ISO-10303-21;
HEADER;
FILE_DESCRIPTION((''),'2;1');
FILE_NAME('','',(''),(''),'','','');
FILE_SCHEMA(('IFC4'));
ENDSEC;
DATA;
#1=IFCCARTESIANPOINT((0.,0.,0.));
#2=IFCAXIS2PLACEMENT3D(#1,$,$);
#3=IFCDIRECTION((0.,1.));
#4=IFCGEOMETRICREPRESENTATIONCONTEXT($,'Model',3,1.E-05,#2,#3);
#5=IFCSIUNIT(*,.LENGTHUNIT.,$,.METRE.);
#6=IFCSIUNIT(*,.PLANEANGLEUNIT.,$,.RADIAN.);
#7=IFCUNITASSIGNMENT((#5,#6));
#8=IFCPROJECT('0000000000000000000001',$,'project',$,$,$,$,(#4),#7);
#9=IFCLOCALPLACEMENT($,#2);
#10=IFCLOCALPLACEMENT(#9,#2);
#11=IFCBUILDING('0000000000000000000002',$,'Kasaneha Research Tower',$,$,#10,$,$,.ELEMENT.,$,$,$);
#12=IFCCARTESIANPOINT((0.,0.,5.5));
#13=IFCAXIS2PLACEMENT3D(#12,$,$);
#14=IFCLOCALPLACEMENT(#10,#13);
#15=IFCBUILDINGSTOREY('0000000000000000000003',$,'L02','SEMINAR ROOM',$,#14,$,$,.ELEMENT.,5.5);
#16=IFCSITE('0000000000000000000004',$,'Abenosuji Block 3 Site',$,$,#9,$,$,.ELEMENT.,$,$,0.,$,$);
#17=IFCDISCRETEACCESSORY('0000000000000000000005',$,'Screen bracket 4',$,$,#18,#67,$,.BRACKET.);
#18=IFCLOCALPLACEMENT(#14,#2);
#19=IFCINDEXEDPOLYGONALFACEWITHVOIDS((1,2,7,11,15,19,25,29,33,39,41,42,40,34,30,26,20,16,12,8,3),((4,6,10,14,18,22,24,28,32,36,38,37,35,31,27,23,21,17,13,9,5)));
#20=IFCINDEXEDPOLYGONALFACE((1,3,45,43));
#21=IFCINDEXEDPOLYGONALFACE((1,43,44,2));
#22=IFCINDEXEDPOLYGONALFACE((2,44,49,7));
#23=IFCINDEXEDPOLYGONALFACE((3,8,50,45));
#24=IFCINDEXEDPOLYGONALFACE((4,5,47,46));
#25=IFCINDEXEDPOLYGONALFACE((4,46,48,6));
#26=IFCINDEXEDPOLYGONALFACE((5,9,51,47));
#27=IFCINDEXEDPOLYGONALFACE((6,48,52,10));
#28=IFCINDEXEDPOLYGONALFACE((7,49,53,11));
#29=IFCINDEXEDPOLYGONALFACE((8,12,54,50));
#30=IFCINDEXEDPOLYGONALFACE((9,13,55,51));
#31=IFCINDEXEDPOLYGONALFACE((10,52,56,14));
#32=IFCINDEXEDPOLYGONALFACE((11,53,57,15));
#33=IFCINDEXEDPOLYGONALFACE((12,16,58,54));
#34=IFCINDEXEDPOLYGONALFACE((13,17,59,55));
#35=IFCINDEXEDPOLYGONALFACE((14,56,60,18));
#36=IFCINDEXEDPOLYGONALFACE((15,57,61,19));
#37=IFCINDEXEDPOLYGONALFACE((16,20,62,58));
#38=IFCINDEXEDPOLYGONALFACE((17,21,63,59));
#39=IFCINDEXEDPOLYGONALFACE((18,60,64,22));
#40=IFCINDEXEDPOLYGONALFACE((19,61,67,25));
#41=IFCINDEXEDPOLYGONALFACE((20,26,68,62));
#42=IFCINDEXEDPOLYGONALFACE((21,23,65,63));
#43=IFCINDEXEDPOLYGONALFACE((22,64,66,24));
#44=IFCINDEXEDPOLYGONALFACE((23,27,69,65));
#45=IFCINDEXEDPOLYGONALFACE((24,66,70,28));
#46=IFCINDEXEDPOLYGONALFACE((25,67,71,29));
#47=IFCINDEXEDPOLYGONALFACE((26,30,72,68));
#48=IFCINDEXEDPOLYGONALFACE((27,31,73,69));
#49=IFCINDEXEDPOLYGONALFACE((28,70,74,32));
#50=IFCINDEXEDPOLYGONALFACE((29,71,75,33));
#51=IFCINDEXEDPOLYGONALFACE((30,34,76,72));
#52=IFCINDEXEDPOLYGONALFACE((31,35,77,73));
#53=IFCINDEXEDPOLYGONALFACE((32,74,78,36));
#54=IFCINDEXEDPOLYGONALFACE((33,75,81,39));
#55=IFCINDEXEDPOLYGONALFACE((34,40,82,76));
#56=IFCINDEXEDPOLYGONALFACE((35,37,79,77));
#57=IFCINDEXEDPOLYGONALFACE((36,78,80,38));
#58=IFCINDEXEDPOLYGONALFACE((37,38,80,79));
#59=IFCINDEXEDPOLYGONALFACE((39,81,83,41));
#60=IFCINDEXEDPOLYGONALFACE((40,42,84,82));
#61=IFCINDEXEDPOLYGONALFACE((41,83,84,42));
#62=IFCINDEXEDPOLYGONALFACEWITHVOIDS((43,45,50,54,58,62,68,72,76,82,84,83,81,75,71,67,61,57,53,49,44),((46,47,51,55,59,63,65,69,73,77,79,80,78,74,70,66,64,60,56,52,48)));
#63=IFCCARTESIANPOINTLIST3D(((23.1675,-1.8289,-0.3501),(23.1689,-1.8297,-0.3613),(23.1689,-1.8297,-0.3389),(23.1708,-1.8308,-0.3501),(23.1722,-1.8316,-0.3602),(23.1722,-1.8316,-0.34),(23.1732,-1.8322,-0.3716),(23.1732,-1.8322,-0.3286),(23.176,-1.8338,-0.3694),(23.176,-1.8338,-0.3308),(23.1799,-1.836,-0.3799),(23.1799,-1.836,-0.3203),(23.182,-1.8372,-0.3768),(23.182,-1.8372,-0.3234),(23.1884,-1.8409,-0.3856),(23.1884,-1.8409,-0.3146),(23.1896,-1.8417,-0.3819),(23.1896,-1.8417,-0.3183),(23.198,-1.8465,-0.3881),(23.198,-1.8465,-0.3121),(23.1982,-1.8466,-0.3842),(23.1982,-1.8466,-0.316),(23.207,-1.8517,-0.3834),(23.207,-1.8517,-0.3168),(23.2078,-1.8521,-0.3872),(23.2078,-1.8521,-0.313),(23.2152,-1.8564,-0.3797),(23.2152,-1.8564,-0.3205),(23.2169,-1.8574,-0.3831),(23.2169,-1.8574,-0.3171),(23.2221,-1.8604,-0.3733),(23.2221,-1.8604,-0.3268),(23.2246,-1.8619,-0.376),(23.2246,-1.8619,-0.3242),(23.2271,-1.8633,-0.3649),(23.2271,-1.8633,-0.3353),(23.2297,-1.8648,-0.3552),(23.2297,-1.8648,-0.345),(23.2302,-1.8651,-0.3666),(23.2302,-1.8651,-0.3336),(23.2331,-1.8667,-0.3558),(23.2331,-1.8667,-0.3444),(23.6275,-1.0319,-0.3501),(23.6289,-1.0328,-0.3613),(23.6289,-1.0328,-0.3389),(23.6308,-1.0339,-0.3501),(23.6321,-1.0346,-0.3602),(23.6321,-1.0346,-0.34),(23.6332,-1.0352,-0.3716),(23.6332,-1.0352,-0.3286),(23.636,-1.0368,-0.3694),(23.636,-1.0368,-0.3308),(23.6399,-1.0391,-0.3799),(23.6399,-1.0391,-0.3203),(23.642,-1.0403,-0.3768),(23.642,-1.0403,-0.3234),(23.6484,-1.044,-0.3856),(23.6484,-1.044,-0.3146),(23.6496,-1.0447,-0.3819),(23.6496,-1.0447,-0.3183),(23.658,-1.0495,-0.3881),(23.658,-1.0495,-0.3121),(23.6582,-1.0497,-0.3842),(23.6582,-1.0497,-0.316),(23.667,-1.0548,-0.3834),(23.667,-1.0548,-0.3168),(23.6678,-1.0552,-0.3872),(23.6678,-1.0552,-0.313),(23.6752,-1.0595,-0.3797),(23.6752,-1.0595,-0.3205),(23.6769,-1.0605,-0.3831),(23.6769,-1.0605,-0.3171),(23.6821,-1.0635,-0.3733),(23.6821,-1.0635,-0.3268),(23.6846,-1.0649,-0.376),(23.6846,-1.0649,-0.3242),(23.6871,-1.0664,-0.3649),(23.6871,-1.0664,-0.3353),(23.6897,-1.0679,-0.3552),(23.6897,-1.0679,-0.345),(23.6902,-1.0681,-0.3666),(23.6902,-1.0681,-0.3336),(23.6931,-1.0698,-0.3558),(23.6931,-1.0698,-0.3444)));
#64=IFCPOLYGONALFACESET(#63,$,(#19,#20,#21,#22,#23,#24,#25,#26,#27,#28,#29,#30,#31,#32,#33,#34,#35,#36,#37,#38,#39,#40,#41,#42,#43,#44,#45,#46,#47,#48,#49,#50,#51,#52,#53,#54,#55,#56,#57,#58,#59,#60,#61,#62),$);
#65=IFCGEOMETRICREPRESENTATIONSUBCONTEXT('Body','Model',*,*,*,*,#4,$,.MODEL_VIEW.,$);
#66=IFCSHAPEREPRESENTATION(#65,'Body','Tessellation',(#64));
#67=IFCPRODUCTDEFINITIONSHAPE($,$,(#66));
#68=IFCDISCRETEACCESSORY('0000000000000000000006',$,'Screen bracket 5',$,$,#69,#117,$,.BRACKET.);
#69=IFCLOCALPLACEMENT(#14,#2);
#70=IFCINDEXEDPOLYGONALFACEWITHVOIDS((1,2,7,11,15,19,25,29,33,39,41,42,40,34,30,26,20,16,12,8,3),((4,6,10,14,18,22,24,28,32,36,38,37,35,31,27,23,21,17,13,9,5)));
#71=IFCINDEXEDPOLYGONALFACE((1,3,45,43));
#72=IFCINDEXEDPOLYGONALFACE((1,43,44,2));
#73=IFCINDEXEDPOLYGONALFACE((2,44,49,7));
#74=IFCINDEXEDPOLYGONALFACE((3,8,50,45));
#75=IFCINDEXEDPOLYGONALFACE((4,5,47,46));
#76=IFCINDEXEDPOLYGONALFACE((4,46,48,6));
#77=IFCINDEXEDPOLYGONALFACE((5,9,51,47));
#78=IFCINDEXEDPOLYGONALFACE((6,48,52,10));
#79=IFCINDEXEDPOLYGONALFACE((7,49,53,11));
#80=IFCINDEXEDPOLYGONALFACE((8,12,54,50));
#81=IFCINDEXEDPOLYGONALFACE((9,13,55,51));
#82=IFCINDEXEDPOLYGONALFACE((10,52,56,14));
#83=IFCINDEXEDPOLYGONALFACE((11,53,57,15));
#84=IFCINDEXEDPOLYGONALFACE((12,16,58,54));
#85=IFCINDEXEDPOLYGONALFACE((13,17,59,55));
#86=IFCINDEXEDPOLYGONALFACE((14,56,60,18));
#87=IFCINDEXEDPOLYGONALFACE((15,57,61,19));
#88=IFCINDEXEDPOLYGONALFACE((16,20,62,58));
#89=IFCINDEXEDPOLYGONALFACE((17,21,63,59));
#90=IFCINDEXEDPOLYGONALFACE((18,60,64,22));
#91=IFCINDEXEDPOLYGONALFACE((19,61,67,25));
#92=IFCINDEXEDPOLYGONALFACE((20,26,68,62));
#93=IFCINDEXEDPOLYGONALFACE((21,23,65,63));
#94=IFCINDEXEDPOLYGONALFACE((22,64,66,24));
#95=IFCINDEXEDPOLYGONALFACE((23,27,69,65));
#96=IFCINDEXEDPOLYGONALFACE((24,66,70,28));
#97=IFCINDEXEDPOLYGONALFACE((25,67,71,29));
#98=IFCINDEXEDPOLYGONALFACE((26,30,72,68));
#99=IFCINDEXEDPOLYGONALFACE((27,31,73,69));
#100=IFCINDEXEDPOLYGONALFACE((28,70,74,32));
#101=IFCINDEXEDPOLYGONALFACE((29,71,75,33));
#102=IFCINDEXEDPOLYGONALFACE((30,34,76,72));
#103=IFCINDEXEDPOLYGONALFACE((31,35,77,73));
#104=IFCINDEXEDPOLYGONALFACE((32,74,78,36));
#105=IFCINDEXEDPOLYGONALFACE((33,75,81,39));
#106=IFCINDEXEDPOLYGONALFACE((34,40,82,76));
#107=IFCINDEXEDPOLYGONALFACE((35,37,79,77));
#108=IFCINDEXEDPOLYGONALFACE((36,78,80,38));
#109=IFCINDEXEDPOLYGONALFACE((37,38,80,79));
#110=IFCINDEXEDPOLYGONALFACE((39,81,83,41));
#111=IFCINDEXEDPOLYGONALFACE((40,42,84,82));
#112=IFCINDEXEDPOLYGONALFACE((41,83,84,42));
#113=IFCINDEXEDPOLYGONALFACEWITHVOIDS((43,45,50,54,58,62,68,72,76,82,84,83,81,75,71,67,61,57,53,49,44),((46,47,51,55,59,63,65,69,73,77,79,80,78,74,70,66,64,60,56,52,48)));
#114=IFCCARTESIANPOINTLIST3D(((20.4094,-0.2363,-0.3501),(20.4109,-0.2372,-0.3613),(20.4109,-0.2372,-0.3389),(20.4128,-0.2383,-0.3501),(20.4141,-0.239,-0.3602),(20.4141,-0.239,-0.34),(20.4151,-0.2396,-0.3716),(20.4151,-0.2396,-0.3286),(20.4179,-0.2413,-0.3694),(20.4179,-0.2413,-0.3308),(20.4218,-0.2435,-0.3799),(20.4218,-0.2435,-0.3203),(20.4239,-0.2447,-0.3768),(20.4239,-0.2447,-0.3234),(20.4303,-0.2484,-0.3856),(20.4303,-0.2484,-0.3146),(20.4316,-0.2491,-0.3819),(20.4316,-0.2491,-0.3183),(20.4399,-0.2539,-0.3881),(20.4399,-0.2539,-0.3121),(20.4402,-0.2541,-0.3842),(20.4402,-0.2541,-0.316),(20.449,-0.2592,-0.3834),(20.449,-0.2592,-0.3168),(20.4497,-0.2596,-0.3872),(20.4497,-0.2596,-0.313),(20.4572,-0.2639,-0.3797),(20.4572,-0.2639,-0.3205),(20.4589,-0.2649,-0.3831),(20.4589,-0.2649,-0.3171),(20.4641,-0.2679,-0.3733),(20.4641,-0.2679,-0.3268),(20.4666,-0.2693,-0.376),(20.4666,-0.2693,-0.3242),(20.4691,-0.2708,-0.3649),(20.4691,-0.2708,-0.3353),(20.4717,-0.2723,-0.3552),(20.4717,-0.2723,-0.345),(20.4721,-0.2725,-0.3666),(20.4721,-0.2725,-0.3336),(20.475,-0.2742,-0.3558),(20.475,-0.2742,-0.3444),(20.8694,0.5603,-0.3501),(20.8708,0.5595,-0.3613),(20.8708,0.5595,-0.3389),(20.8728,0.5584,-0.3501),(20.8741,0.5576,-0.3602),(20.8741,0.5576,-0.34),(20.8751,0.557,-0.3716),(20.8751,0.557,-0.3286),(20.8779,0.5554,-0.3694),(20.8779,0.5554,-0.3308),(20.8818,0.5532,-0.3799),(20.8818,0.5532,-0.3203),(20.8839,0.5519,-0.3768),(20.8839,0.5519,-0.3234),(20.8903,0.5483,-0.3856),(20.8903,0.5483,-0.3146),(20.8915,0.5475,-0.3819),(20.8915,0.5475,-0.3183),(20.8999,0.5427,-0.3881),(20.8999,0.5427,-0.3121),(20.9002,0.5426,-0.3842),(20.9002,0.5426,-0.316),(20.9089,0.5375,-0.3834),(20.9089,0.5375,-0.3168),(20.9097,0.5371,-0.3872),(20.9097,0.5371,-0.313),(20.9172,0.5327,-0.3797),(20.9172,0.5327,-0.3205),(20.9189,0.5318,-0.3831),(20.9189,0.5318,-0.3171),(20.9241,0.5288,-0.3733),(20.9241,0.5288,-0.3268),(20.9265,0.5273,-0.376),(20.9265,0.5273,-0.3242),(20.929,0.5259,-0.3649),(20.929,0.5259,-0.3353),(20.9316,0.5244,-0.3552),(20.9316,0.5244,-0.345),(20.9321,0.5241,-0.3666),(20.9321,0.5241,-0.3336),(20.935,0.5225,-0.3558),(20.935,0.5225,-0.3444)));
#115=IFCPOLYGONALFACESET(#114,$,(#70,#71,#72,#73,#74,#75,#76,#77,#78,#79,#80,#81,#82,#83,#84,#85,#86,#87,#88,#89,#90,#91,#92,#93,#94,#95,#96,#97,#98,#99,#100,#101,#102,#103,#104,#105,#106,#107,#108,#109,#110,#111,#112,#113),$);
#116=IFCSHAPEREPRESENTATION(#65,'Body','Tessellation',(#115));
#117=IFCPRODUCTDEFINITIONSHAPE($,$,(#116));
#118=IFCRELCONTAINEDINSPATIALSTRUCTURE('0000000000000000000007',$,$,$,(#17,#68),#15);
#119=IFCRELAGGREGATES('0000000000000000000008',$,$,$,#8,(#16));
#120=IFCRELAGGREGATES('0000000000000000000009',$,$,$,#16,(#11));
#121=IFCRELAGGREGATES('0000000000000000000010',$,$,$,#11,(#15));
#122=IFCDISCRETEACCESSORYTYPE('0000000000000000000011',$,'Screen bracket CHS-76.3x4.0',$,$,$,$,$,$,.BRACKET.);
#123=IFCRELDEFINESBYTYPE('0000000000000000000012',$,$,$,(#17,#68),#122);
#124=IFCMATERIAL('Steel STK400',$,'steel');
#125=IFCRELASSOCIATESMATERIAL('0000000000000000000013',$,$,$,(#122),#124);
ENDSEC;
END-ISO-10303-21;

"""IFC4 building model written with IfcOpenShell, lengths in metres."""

from ifc_helpers import new_model, si_unit, direction, frame, origin, origin_2d, place, context, subcontext, project, spatial, hollow_circle, extrude, material, material_profile, profile_set, type_object, element, save


model = new_model("IFC4")

# Units and contexts
model_context = context("Model", 3, precision=1e-05, world=origin(), true_north=direction((0.0, 1.0)))
body_context = subcontext(model_context, "Body", "Model", "MODEL_VIEW")
ifc_project = project(units=[si_unit("LENGTHUNIT", "METRE"), si_unit("PLANEANGLEUNIT", "RADIAN")], contexts=[model_context])

# Site, building, storey
site_placement = place(None, origin())
site = spatial("IfcSite", under=ifc_project, at=site_placement, Name="Abenosuji Block 3 Site", CompositionType="ELEMENT", RefElevation=0.0)
building_placement = place(site_placement, origin())
building = spatial("IfcBuilding", under=site, at=building_placement, Name="Kasaneha Research Tower", CompositionType="ELEMENT")
storey_placement = place(building_placement, frame((0.0, 0.0, 5.5)))
storey = spatial("IfcBuildingStorey", under=building, at=storey_placement, Name="L02", Description="SEMINAR ROOM", CompositionType="ELEMENT", Elevation=5.5)

# Discrete accessories
ifc_material_1 = material(Name="Steel STK400", Category="steel")
ifc_material_profile_1 = material_profile(ifc_material_1, hollow_circle(Radius=0.0381, WallThickness=0.0039, at=origin_2d()), Name="CHS-76.3x4.0")
ifc_profile_set_1 = profile_set([ifc_material_profile_1], Name="Steel STK400")
discrete_accessory_type = type_object("IfcDiscreteAccessoryType", Name="Screen bracket CHS-76.3x4.0", PredefinedType="BRACKET", material=ifc_profile_set_1)
discrete_accessory_1_placement = place(storey_placement, frame((23.2004, -1.8479, -0.3501), z_axis=(0.499906, 0.86608, 0.0), x_axis=(-0.86608, 0.499906, 0.0)))
element("IfcDiscreteAccessory", 1, at=discrete_accessory_1_placement, inside=storey, type_object=discrete_accessory_type, Name="Screen bracket 4", PredefinedType="BRACKET", context=body_context, shape_type="SweptSolid", body=[
    extrude(hollow_circle(Radius=0.0381, WallThickness=0.0039, at=origin_2d()), origin(), (0.0, 0.0, 1.0), 0.9202),
])
discrete_accessory_2_placement = place(storey_placement, frame((20.4424, -0.2554, -0.3501), z_axis=(0.500021, 0.866013, 0.0), x_axis=(-0.866013, 0.500021, 0.0)))
element("IfcDiscreteAccessory", 2, at=discrete_accessory_2_placement, inside=storey, type_object=discrete_accessory_type, Name="Screen bracket 5", PredefinedType="BRACKET", context=body_context, shape_type="SweptSolid", body=[
    extrude(hollow_circle(Radius=0.0381, WallThickness=0.0039, at=origin_2d()), origin(), (0.0, 0.0, 1.0), 0.9199),
])

save(model, "model.ifc")
